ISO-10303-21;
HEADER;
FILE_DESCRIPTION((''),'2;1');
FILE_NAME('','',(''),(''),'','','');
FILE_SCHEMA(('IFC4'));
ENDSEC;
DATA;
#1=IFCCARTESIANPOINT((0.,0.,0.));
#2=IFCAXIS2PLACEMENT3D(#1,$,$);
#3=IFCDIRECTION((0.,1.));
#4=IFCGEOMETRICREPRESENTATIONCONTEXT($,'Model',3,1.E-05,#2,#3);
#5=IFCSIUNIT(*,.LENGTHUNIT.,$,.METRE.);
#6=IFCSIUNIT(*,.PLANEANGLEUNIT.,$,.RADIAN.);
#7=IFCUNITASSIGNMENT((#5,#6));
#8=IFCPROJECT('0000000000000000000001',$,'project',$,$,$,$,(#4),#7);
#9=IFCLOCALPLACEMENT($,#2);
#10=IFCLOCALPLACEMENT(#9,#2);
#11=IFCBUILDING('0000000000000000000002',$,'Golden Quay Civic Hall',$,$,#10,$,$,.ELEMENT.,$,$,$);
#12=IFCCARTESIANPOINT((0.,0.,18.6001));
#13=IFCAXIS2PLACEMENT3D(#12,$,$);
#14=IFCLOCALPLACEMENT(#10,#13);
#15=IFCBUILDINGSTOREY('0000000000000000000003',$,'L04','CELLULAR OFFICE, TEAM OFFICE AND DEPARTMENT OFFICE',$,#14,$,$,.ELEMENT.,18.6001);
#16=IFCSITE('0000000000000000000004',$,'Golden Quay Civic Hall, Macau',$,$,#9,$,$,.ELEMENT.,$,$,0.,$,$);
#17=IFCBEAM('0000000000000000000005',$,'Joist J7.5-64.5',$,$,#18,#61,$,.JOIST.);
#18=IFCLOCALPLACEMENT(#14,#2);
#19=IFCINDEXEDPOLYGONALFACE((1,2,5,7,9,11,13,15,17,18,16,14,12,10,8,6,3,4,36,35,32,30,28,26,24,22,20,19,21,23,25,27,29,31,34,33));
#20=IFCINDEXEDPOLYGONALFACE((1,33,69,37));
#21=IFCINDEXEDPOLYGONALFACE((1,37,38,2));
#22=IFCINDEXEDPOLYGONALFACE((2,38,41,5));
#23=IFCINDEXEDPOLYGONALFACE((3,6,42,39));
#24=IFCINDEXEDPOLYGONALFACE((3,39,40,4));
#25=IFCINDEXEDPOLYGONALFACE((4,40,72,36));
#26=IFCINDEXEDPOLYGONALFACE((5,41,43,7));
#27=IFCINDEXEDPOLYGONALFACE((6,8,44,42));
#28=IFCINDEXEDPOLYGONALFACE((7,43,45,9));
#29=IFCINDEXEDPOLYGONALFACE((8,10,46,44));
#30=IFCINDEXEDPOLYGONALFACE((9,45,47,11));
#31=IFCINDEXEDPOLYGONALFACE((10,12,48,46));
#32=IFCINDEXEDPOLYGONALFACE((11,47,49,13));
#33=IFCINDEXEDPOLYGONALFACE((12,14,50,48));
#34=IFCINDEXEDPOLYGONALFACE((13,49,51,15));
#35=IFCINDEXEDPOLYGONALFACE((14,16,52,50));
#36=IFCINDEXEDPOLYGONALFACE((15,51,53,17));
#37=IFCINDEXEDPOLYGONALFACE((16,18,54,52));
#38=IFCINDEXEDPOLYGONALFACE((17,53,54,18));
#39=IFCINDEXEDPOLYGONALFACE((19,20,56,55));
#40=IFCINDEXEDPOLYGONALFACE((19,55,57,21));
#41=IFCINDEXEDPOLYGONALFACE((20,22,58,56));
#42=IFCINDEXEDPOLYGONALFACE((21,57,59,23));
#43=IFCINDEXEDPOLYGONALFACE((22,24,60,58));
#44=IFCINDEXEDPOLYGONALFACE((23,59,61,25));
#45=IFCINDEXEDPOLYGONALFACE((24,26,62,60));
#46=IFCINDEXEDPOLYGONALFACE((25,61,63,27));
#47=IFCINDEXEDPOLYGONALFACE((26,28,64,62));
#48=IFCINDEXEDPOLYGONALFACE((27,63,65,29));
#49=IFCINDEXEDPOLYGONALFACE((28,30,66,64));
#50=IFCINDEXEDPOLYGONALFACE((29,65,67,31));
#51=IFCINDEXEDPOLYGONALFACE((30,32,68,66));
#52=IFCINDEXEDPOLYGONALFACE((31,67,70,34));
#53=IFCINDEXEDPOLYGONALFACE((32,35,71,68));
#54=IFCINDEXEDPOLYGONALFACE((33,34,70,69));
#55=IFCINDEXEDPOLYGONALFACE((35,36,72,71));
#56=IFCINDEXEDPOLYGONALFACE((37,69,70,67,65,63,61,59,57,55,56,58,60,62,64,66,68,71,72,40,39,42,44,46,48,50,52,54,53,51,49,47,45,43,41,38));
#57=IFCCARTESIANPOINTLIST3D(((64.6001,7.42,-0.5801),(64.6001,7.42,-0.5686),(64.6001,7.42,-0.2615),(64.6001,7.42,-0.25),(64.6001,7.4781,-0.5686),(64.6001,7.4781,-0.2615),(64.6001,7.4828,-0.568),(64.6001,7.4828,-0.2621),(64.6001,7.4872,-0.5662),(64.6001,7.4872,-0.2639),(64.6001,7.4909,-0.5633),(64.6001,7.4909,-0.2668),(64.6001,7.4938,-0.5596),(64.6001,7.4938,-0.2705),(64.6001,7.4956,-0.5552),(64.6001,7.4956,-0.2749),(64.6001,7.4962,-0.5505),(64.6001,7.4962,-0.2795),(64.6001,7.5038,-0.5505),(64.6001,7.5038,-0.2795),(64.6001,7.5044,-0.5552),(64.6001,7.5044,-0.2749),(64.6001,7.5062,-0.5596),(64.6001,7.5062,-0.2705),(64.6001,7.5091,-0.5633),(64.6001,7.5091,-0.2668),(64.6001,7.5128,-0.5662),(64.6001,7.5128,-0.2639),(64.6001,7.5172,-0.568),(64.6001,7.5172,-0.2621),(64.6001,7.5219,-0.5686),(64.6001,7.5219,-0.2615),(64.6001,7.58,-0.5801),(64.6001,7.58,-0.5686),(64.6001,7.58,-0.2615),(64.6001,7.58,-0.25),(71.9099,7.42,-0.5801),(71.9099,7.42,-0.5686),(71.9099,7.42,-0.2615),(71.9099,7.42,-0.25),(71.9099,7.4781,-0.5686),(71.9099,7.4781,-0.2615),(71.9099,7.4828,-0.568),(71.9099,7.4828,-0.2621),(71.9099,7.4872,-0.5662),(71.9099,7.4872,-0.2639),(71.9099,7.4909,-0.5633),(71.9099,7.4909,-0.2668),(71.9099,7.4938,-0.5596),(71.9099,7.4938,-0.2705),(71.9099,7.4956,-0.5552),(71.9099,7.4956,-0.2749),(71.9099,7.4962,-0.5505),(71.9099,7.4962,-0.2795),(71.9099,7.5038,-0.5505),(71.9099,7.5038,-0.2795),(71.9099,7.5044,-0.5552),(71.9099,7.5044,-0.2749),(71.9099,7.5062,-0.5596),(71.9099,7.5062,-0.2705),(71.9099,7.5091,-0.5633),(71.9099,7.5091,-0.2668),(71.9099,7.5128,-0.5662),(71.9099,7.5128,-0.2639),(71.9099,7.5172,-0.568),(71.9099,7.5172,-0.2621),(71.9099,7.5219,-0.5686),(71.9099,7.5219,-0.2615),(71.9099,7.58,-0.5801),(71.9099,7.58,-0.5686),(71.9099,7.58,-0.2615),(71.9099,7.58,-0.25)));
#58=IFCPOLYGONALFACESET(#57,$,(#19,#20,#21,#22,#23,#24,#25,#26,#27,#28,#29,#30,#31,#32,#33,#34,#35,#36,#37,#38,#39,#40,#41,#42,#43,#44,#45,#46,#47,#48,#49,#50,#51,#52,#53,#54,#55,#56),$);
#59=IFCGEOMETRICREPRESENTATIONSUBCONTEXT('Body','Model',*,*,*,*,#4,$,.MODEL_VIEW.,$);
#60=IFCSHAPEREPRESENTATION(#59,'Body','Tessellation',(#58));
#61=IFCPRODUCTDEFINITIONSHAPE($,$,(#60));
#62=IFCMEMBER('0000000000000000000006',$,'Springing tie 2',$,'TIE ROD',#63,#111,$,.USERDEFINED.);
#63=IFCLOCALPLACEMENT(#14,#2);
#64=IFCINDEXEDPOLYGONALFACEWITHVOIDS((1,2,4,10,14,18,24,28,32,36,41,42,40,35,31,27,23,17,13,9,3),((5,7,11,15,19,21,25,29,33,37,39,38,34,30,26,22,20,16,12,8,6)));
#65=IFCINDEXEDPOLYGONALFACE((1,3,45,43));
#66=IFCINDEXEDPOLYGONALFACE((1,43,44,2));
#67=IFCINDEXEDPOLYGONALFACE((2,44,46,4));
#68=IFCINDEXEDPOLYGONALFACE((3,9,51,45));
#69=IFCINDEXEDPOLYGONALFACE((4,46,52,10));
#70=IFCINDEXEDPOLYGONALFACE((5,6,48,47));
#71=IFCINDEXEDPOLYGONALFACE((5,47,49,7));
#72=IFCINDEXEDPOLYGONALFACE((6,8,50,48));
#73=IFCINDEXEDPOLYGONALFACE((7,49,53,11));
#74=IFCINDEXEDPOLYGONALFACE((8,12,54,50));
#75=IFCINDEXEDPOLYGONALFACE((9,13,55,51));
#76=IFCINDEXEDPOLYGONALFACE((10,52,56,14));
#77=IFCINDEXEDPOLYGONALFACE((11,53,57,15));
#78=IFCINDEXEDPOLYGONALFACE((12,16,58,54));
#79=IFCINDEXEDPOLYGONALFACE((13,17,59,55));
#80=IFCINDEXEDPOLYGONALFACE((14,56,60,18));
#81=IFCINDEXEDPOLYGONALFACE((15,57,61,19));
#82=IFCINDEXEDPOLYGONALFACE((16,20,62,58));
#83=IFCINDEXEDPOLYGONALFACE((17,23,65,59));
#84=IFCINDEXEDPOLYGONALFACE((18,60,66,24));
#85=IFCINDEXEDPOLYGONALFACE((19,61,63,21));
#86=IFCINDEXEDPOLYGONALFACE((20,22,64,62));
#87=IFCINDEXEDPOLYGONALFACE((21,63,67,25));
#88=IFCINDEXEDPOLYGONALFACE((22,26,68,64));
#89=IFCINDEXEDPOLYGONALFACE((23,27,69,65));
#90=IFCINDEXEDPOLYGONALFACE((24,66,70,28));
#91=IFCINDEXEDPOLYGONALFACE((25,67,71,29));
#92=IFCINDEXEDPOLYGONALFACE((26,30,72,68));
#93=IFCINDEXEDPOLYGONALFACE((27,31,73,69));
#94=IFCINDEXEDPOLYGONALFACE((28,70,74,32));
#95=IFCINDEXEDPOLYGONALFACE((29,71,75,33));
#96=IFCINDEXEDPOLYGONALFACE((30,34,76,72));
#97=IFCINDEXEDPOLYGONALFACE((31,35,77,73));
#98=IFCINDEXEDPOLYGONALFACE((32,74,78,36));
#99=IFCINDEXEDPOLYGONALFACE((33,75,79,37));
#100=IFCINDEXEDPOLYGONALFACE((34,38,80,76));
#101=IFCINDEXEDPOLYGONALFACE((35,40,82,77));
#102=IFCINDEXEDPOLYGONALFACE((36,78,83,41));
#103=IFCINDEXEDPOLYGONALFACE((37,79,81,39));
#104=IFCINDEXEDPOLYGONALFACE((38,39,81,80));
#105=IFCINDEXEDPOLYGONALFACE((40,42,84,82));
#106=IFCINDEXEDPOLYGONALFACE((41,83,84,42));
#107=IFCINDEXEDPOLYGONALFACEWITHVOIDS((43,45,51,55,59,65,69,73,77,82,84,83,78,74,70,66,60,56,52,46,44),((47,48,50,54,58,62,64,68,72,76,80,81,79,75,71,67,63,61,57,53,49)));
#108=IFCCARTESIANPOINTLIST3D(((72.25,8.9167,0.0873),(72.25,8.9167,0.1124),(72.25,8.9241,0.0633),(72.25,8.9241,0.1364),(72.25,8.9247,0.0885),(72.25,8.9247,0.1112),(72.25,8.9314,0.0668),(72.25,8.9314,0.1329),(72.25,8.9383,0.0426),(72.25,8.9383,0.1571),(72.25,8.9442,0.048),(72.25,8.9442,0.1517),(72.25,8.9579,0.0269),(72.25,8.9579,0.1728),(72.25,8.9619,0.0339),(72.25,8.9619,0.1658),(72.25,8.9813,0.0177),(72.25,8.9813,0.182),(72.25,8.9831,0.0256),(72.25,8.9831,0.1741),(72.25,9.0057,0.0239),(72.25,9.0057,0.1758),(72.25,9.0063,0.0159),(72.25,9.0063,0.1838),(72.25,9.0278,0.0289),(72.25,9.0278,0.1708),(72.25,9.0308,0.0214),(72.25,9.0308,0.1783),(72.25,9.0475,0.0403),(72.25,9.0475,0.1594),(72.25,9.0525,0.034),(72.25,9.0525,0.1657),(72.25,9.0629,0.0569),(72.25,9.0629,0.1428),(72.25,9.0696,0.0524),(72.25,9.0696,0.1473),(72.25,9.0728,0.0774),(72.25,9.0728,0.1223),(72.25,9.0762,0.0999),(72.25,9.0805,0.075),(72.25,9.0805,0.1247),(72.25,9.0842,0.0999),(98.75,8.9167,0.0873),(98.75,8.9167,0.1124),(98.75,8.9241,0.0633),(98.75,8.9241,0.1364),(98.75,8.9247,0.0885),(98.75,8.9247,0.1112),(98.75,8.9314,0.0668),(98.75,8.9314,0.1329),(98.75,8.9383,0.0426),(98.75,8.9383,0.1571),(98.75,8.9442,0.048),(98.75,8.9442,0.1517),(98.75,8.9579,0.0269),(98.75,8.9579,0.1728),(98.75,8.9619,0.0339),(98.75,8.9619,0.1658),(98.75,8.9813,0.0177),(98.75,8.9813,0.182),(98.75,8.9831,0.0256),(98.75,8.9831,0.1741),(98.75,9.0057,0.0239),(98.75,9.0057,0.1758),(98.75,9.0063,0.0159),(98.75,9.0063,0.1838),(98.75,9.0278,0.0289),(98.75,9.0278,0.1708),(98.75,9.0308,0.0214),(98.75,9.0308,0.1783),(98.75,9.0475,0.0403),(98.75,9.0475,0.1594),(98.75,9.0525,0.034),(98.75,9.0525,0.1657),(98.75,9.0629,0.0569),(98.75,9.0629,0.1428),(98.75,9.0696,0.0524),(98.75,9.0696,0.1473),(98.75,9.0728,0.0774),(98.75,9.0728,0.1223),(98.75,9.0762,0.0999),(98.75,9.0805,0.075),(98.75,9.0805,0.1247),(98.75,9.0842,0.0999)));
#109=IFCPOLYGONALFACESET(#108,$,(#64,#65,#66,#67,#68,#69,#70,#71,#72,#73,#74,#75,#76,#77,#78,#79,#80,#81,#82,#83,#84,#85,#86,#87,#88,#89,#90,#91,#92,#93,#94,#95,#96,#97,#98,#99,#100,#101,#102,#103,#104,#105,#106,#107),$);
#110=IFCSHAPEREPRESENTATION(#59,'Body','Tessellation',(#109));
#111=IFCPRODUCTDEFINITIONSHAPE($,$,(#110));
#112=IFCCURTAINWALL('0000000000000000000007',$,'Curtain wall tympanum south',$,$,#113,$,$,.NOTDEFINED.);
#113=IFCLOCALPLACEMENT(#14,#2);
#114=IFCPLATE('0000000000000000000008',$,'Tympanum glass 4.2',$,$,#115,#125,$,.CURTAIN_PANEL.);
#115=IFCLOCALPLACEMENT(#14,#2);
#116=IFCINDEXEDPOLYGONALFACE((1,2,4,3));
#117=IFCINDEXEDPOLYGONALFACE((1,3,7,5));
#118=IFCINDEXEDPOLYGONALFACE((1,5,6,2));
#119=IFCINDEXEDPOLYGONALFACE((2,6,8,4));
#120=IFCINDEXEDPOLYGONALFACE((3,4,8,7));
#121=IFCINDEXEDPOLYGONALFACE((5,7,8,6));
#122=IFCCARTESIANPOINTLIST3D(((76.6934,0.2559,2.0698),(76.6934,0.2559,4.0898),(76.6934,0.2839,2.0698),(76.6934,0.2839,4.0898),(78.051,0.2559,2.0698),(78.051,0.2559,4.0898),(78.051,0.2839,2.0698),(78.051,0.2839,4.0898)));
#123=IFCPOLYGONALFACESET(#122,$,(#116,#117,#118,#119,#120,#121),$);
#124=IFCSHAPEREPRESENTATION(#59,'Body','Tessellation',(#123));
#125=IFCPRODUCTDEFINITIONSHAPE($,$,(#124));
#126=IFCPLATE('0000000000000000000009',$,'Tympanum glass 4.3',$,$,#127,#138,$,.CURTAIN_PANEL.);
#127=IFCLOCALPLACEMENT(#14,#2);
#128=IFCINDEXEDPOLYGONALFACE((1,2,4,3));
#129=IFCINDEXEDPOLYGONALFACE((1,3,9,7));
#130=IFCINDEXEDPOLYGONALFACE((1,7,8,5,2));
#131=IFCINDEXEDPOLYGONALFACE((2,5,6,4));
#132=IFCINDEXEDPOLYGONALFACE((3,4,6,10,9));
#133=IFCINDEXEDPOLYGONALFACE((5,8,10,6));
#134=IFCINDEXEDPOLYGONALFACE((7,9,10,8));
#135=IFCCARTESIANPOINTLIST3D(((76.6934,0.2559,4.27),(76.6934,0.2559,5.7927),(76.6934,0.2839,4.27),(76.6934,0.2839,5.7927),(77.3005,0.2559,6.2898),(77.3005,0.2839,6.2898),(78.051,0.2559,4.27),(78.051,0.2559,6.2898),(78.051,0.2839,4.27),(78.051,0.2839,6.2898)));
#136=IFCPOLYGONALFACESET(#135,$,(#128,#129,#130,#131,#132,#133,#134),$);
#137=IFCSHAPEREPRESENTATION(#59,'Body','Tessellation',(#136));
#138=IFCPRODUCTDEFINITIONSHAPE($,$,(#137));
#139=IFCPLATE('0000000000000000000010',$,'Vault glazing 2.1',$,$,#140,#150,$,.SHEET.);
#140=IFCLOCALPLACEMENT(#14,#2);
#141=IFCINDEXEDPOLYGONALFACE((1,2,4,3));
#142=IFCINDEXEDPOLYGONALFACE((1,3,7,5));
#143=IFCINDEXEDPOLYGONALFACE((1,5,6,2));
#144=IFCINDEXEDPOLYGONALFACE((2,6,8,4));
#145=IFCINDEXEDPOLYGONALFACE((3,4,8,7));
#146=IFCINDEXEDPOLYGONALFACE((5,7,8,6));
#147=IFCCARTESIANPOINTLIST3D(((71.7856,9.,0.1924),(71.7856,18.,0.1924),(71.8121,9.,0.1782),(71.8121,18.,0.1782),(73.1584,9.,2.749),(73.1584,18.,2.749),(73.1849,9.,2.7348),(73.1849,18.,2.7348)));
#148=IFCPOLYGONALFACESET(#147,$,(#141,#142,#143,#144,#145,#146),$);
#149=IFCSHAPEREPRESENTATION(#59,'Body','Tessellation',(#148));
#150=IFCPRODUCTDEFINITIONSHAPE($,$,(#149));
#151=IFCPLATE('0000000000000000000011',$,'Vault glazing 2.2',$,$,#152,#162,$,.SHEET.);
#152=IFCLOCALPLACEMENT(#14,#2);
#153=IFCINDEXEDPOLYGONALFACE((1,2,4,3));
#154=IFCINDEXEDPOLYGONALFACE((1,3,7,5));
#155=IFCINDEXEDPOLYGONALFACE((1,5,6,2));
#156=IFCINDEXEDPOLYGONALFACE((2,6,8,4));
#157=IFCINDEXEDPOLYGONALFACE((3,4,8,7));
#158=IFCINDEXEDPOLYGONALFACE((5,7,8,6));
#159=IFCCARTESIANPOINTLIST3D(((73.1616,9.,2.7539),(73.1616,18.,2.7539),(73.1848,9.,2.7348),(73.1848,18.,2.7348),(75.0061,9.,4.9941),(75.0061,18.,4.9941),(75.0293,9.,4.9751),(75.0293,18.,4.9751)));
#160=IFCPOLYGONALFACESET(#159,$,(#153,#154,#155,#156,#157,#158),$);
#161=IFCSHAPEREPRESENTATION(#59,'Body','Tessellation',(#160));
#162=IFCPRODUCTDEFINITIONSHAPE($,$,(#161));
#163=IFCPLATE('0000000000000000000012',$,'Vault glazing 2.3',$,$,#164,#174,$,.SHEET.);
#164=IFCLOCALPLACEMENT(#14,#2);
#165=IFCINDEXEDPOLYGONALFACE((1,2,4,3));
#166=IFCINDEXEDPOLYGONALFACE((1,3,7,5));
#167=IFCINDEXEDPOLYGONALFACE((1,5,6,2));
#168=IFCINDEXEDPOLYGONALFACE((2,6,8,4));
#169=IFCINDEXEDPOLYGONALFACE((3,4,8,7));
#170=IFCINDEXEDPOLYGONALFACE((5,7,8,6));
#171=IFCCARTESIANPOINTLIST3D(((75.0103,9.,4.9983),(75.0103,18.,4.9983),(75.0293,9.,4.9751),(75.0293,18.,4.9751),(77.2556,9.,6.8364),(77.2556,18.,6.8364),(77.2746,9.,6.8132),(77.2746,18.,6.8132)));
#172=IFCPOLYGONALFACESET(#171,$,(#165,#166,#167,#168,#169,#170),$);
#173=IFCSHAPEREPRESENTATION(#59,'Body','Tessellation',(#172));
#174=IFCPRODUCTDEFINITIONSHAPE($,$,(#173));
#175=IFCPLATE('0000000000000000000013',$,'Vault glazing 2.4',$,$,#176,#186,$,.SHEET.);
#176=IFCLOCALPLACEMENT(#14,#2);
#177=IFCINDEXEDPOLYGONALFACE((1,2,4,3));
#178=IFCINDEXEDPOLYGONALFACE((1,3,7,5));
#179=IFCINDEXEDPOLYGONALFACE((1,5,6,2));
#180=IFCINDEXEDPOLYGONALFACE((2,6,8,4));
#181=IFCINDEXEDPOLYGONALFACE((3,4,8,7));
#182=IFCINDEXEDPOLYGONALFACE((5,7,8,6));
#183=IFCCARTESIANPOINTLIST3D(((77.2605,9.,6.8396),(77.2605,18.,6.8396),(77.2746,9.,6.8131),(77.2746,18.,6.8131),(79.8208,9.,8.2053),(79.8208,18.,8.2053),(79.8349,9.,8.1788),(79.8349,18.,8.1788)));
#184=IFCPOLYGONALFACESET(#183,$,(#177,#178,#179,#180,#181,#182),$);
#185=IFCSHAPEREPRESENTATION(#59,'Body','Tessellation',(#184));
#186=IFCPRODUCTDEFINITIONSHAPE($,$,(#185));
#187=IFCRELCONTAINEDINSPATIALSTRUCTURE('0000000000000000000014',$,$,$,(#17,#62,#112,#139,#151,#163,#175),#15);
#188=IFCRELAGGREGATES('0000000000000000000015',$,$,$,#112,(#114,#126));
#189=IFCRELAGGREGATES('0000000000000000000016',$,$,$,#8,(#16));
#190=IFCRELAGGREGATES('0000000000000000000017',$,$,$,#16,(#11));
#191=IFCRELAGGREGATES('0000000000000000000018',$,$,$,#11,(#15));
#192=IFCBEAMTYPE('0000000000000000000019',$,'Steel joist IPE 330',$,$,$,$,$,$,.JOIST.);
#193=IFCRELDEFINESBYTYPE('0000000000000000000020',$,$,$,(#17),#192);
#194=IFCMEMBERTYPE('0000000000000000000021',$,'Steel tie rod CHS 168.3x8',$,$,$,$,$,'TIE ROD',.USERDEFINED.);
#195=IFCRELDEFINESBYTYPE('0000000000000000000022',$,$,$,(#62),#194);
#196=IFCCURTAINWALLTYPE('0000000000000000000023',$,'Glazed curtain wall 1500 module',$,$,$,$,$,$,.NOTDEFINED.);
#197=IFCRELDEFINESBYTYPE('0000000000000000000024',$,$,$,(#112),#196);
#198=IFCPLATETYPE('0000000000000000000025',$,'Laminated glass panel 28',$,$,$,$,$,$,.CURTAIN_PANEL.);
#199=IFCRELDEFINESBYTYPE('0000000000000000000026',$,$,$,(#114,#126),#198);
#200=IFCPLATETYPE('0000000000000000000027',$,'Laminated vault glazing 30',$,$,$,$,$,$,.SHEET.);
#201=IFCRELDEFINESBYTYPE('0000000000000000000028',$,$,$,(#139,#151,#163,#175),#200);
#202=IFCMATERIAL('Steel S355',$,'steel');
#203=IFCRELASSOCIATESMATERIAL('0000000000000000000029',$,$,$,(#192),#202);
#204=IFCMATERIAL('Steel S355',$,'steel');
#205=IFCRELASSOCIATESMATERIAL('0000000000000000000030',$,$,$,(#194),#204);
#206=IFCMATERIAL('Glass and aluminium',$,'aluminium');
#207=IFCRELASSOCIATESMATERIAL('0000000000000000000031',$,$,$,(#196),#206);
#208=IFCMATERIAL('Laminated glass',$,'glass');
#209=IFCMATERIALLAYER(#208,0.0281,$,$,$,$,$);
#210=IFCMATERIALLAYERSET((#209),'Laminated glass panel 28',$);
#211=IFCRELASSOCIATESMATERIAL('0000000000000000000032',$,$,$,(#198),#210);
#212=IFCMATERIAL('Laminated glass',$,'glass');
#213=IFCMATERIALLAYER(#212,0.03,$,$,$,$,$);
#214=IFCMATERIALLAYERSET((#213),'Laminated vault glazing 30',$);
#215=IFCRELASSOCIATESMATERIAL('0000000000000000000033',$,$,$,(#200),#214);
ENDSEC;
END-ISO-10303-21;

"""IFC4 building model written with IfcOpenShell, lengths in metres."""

from ifc_helpers import new_model, si_unit, direction, frame, origin, origin_2d, place, context, subcontext, project, spatial, polyline, hollow_circle, i_section, outline, extrude, material, layer, layer_set, material_profile, profile_set, type_object, element, aggregate, save


model = new_model("IFC4")

# Units and contexts
model_context = context("Model", 3, precision=1e-05, world=origin(), true_north=direction((0.0, 1.0)))
body_context = subcontext(model_context, "Body", "Model", "MODEL_VIEW")
ifc_project = project(units=[si_unit("LENGTHUNIT", "METRE"), si_unit("PLANEANGLEUNIT", "RADIAN")], contexts=[model_context])

# Site, building, storey
site_placement = place(None, origin())
site = spatial("IfcSite", under=ifc_project, at=site_placement, Name="Golden Quay Civic Hall, Macau", CompositionType="ELEMENT", RefElevation=0.0)
building_placement = place(site_placement, origin())
building = spatial("IfcBuilding", under=site, at=building_placement, Name="Golden Quay Civic Hall", CompositionType="ELEMENT")
storey_placement = place(building_placement, frame((0.0, 0.0, 18.6001)))
storey = spatial("IfcBuildingStorey", under=building, at=storey_placement, Name="L04", Description="CELLULAR OFFICE, TEAM OFFICE AND DEPARTMENT OFFICE", CompositionType="ELEMENT", Elevation=18.6001)

# Beam
ifc_material_1 = material(Name="Steel S355", Category="steel")
ifc_material_profile_1 = material_profile(ifc_material_1, i_section(OverallWidth=0.1599, OverallDepth=0.3301, WebThickness=0.0076, FlangeThickness=0.0115, FilletRadius=0.0181, at=origin_2d()), Name="IPE 330")
ifc_profile_set_1 = profile_set([ifc_material_profile_1], Name="Steel S355")
beam_type_1 = type_object("IfcBeamType", Name="Steel joist IPE 330", PredefinedType="JOIST", material=ifc_profile_set_1)
for number, where, z_axis, x_axis, name in (
    (1, (64.6001, 7.5, -0.415), (1.0, 0.0, 0.0), (0.0, 1.0, 0.0), "Joist J7.5-64.5"),
):
    element("IfcBeam", number, at=place(storey_placement, frame(where, z_axis=z_axis, x_axis=x_axis)), inside=storey, type_object=beam_type_1, Name=name, PredefinedType="JOIST", context=body_context, shape_type="SweptSolid", body=[
        extrude(i_section(OverallWidth=0.1599, OverallDepth=0.3301, WebThickness=0.0076, FlangeThickness=0.0115, FilletRadius=0.0181, at=origin_2d()), origin(), (0.0, 0.0, 1.0), 7.3098),
    ])

# Member
ifc_material_2 = material(Name="Steel S355", Category="steel")
ifc_material_profile_2 = material_profile(ifc_material_2, hollow_circle(Radius=0.0842, WallThickness=0.0081, at=origin_2d()), Name="CHS 168.3x8")
ifc_profile_set_2 = profile_set([ifc_material_profile_2], Name="Steel S355")
member_type_1 = type_object("IfcMemberType", Name="Steel tie rod CHS 168.3x8", ElementType="TIE ROD", PredefinedType="USERDEFINED", material=ifc_profile_set_2)
member_placement = place(storey_placement, frame((72.25, 9.0, 0.0999), z_axis=(1.0, 0.0, 0.0), x_axis=(0.0, 1.0, 0.0)))
element("IfcMember", 2, at=member_placement, inside=storey, type_object=member_type_1, Name="Springing tie 2", ObjectType="TIE ROD", PredefinedType="USERDEFINED", context=body_context, shape_type="SweptSolid", body=[
    extrude(hollow_circle(Radius=0.0842, WallThickness=0.0081, at=origin_2d()), origin(), (0.0, 0.0, 1.0), 26.5),
])

# Curtain wall, plates
ifc_material_3 = material(Name="Glass and aluminium", Category="aluminium")
curtain_wall_type = type_object("IfcCurtainWallType", Name="Glazed curtain wall 1500 module", PredefinedType="NOTDEFINED", material=ifc_material_3)
curtain_wall_placement = place(storey_placement, origin())
curtain_wall = element("IfcCurtainWall", 3, at=curtain_wall_placement, inside=storey, type_object=curtain_wall_type, Name="Curtain wall tympanum south", PredefinedType="NOTDEFINED")
ifc_material_4 = material(Name="Laminated glass", Category="glass")
ifc_layer_1 = layer(ifc_material_4, 0.0281)
ifc_layer_set_1 = layer_set([ifc_layer_1], Name="Laminated glass panel 28")
plate_type_1 = type_object("IfcPlateType", Name="Laminated glass panel 28", PredefinedType="CURTAIN_PANEL", material=ifc_layer_set_1)
plate_1_placement = place(storey_placement, frame((78.051, 0.2839, 2.0698), z_axis=(0.0, 1.0, 0.0), x_axis=(-1.0, 0.0, 0.0)))
plate_1 = element("IfcPlate", 4, at=plate_1_placement, type_object=plate_type_1, Name="Tympanum glass 4.2", PredefinedType="CURTAIN_PANEL", context=body_context, shape_type="SweptSolid", body=[
    extrude(outline(polyline([(0.0, 0.0), (1.3577, 0.0), (1.3577, 2.02), (0.0, 2.02), (0.0, 0.0)])), origin(), (0.0, 0.0, -1.0), 0.0281),
])
plate_2_placement = place(storey_placement, frame((78.051, 0.2839, 4.27), z_axis=(0.0, 1.0, 0.0), x_axis=(-1.0, 0.0, 0.0)))
plate_2 = element("IfcPlate", 5, at=plate_2_placement, type_object=plate_type_1, Name="Tympanum glass 4.3", PredefinedType="CURTAIN_PANEL", context=body_context, shape_type="SweptSolid", body=[
    extrude(outline(polyline([(0.0, 0.0), (1.3577, 0.0), (1.3577, 1.5227), (0.7505, 2.0198), (0.0, 2.0198), (0.0, 0.0)])), origin(), (0.0, 0.0, -1.0), 0.0281),
])
aggregate(curtain_wall, [plate_1, plate_2])

# Plates
ifc_material_5 = material(Name="Laminated glass", Category="glass")
ifc_layer_2 = layer(ifc_material_5, 0.03)
ifc_layer_set_2 = layer_set([ifc_layer_2], Name="Laminated vault glazing 30")
plate_type_2 = type_object("IfcPlateType", Name="Laminated vault glazing 30", PredefinedType="SHEET", material=ifc_layer_set_2)
plate_3_placement = place(storey_placement, frame((71.7856, 9.0, 0.1924), z_axis=(-0.881024, 0.0, 0.473071), x_axis=(0.473071, 0.0, 0.881024)))
element("IfcPlate", 6, at=plate_3_placement, inside=storey, type_object=plate_type_2, Name="Vault glazing 2.1", PredefinedType="SHEET", context=body_context, shape_type="SweptSolid", body=[
    extrude(outline(polyline([(0.0, 0.0), (2.9019, 0.0), (2.9019, 9.0), (0.0, 9.0), (0.0, 0.0)])), origin(), (0.0, 0.0, -1.0), 0.03),
])
plate_4_placement = place(storey_placement, frame((73.1616, 9.0, 2.7539), z_axis=(-0.772001, 0.0, 0.635622), x_axis=(0.635622, 0.0, 0.772001)))
element("IfcPlate", 7, at=plate_4_placement, inside=storey, type_object=plate_type_2, Name="Vault glazing 2.2", PredefinedType="SHEET", context=body_context, shape_type="SweptSolid", body=[
    extrude(outline(polyline([(0.0, 0.0), (2.9019, 0.0), (2.9019, 9.0), (0.0, 9.0), (0.0, 0.0)])), origin(), (0.0, 0.0, -1.0), 0.03),
])
plate_5_placement = place(storey_placement, frame((75.0103, 9.0, 4.9983), z_axis=(-0.633449, 0.0, 0.773785), x_axis=(0.773785, 0.0, 0.633449)))
element("IfcPlate", 8, at=plate_5_placement, inside=storey, type_object=plate_type_2, Name="Vault glazing 2.3", PredefinedType="SHEET", context=body_context, shape_type="SweptSolid", body=[
    extrude(outline(polyline([(0.0, 0.0), (2.9018, 0.0), (2.9018, 9.0), (0.0, 9.0), (0.0, 0.0)])), origin(), (0.0, 0.0, -1.0), 0.03),
])
plate_6_placement = place(storey_placement, frame((77.2605, 9.0, 6.8396), z_axis=(-0.470649, 0.0, 0.88232), x_axis=(0.88232, 0.0, 0.470649)))
element("IfcPlate", 9, at=plate_6_placement, inside=storey, type_object=plate_type_2, Name="Vault glazing 2.4", PredefinedType="SHEET", context=body_context, shape_type="SweptSolid", body=[
    extrude(outline(polyline([(0.0, 0.0), (2.9018, 0.0), (2.9018, 9.0), (0.0, 9.0), (0.0, 0.0)])), origin(), (0.0, 0.0, -1.0), 0.03),
])

save(model, "model.ifc")
